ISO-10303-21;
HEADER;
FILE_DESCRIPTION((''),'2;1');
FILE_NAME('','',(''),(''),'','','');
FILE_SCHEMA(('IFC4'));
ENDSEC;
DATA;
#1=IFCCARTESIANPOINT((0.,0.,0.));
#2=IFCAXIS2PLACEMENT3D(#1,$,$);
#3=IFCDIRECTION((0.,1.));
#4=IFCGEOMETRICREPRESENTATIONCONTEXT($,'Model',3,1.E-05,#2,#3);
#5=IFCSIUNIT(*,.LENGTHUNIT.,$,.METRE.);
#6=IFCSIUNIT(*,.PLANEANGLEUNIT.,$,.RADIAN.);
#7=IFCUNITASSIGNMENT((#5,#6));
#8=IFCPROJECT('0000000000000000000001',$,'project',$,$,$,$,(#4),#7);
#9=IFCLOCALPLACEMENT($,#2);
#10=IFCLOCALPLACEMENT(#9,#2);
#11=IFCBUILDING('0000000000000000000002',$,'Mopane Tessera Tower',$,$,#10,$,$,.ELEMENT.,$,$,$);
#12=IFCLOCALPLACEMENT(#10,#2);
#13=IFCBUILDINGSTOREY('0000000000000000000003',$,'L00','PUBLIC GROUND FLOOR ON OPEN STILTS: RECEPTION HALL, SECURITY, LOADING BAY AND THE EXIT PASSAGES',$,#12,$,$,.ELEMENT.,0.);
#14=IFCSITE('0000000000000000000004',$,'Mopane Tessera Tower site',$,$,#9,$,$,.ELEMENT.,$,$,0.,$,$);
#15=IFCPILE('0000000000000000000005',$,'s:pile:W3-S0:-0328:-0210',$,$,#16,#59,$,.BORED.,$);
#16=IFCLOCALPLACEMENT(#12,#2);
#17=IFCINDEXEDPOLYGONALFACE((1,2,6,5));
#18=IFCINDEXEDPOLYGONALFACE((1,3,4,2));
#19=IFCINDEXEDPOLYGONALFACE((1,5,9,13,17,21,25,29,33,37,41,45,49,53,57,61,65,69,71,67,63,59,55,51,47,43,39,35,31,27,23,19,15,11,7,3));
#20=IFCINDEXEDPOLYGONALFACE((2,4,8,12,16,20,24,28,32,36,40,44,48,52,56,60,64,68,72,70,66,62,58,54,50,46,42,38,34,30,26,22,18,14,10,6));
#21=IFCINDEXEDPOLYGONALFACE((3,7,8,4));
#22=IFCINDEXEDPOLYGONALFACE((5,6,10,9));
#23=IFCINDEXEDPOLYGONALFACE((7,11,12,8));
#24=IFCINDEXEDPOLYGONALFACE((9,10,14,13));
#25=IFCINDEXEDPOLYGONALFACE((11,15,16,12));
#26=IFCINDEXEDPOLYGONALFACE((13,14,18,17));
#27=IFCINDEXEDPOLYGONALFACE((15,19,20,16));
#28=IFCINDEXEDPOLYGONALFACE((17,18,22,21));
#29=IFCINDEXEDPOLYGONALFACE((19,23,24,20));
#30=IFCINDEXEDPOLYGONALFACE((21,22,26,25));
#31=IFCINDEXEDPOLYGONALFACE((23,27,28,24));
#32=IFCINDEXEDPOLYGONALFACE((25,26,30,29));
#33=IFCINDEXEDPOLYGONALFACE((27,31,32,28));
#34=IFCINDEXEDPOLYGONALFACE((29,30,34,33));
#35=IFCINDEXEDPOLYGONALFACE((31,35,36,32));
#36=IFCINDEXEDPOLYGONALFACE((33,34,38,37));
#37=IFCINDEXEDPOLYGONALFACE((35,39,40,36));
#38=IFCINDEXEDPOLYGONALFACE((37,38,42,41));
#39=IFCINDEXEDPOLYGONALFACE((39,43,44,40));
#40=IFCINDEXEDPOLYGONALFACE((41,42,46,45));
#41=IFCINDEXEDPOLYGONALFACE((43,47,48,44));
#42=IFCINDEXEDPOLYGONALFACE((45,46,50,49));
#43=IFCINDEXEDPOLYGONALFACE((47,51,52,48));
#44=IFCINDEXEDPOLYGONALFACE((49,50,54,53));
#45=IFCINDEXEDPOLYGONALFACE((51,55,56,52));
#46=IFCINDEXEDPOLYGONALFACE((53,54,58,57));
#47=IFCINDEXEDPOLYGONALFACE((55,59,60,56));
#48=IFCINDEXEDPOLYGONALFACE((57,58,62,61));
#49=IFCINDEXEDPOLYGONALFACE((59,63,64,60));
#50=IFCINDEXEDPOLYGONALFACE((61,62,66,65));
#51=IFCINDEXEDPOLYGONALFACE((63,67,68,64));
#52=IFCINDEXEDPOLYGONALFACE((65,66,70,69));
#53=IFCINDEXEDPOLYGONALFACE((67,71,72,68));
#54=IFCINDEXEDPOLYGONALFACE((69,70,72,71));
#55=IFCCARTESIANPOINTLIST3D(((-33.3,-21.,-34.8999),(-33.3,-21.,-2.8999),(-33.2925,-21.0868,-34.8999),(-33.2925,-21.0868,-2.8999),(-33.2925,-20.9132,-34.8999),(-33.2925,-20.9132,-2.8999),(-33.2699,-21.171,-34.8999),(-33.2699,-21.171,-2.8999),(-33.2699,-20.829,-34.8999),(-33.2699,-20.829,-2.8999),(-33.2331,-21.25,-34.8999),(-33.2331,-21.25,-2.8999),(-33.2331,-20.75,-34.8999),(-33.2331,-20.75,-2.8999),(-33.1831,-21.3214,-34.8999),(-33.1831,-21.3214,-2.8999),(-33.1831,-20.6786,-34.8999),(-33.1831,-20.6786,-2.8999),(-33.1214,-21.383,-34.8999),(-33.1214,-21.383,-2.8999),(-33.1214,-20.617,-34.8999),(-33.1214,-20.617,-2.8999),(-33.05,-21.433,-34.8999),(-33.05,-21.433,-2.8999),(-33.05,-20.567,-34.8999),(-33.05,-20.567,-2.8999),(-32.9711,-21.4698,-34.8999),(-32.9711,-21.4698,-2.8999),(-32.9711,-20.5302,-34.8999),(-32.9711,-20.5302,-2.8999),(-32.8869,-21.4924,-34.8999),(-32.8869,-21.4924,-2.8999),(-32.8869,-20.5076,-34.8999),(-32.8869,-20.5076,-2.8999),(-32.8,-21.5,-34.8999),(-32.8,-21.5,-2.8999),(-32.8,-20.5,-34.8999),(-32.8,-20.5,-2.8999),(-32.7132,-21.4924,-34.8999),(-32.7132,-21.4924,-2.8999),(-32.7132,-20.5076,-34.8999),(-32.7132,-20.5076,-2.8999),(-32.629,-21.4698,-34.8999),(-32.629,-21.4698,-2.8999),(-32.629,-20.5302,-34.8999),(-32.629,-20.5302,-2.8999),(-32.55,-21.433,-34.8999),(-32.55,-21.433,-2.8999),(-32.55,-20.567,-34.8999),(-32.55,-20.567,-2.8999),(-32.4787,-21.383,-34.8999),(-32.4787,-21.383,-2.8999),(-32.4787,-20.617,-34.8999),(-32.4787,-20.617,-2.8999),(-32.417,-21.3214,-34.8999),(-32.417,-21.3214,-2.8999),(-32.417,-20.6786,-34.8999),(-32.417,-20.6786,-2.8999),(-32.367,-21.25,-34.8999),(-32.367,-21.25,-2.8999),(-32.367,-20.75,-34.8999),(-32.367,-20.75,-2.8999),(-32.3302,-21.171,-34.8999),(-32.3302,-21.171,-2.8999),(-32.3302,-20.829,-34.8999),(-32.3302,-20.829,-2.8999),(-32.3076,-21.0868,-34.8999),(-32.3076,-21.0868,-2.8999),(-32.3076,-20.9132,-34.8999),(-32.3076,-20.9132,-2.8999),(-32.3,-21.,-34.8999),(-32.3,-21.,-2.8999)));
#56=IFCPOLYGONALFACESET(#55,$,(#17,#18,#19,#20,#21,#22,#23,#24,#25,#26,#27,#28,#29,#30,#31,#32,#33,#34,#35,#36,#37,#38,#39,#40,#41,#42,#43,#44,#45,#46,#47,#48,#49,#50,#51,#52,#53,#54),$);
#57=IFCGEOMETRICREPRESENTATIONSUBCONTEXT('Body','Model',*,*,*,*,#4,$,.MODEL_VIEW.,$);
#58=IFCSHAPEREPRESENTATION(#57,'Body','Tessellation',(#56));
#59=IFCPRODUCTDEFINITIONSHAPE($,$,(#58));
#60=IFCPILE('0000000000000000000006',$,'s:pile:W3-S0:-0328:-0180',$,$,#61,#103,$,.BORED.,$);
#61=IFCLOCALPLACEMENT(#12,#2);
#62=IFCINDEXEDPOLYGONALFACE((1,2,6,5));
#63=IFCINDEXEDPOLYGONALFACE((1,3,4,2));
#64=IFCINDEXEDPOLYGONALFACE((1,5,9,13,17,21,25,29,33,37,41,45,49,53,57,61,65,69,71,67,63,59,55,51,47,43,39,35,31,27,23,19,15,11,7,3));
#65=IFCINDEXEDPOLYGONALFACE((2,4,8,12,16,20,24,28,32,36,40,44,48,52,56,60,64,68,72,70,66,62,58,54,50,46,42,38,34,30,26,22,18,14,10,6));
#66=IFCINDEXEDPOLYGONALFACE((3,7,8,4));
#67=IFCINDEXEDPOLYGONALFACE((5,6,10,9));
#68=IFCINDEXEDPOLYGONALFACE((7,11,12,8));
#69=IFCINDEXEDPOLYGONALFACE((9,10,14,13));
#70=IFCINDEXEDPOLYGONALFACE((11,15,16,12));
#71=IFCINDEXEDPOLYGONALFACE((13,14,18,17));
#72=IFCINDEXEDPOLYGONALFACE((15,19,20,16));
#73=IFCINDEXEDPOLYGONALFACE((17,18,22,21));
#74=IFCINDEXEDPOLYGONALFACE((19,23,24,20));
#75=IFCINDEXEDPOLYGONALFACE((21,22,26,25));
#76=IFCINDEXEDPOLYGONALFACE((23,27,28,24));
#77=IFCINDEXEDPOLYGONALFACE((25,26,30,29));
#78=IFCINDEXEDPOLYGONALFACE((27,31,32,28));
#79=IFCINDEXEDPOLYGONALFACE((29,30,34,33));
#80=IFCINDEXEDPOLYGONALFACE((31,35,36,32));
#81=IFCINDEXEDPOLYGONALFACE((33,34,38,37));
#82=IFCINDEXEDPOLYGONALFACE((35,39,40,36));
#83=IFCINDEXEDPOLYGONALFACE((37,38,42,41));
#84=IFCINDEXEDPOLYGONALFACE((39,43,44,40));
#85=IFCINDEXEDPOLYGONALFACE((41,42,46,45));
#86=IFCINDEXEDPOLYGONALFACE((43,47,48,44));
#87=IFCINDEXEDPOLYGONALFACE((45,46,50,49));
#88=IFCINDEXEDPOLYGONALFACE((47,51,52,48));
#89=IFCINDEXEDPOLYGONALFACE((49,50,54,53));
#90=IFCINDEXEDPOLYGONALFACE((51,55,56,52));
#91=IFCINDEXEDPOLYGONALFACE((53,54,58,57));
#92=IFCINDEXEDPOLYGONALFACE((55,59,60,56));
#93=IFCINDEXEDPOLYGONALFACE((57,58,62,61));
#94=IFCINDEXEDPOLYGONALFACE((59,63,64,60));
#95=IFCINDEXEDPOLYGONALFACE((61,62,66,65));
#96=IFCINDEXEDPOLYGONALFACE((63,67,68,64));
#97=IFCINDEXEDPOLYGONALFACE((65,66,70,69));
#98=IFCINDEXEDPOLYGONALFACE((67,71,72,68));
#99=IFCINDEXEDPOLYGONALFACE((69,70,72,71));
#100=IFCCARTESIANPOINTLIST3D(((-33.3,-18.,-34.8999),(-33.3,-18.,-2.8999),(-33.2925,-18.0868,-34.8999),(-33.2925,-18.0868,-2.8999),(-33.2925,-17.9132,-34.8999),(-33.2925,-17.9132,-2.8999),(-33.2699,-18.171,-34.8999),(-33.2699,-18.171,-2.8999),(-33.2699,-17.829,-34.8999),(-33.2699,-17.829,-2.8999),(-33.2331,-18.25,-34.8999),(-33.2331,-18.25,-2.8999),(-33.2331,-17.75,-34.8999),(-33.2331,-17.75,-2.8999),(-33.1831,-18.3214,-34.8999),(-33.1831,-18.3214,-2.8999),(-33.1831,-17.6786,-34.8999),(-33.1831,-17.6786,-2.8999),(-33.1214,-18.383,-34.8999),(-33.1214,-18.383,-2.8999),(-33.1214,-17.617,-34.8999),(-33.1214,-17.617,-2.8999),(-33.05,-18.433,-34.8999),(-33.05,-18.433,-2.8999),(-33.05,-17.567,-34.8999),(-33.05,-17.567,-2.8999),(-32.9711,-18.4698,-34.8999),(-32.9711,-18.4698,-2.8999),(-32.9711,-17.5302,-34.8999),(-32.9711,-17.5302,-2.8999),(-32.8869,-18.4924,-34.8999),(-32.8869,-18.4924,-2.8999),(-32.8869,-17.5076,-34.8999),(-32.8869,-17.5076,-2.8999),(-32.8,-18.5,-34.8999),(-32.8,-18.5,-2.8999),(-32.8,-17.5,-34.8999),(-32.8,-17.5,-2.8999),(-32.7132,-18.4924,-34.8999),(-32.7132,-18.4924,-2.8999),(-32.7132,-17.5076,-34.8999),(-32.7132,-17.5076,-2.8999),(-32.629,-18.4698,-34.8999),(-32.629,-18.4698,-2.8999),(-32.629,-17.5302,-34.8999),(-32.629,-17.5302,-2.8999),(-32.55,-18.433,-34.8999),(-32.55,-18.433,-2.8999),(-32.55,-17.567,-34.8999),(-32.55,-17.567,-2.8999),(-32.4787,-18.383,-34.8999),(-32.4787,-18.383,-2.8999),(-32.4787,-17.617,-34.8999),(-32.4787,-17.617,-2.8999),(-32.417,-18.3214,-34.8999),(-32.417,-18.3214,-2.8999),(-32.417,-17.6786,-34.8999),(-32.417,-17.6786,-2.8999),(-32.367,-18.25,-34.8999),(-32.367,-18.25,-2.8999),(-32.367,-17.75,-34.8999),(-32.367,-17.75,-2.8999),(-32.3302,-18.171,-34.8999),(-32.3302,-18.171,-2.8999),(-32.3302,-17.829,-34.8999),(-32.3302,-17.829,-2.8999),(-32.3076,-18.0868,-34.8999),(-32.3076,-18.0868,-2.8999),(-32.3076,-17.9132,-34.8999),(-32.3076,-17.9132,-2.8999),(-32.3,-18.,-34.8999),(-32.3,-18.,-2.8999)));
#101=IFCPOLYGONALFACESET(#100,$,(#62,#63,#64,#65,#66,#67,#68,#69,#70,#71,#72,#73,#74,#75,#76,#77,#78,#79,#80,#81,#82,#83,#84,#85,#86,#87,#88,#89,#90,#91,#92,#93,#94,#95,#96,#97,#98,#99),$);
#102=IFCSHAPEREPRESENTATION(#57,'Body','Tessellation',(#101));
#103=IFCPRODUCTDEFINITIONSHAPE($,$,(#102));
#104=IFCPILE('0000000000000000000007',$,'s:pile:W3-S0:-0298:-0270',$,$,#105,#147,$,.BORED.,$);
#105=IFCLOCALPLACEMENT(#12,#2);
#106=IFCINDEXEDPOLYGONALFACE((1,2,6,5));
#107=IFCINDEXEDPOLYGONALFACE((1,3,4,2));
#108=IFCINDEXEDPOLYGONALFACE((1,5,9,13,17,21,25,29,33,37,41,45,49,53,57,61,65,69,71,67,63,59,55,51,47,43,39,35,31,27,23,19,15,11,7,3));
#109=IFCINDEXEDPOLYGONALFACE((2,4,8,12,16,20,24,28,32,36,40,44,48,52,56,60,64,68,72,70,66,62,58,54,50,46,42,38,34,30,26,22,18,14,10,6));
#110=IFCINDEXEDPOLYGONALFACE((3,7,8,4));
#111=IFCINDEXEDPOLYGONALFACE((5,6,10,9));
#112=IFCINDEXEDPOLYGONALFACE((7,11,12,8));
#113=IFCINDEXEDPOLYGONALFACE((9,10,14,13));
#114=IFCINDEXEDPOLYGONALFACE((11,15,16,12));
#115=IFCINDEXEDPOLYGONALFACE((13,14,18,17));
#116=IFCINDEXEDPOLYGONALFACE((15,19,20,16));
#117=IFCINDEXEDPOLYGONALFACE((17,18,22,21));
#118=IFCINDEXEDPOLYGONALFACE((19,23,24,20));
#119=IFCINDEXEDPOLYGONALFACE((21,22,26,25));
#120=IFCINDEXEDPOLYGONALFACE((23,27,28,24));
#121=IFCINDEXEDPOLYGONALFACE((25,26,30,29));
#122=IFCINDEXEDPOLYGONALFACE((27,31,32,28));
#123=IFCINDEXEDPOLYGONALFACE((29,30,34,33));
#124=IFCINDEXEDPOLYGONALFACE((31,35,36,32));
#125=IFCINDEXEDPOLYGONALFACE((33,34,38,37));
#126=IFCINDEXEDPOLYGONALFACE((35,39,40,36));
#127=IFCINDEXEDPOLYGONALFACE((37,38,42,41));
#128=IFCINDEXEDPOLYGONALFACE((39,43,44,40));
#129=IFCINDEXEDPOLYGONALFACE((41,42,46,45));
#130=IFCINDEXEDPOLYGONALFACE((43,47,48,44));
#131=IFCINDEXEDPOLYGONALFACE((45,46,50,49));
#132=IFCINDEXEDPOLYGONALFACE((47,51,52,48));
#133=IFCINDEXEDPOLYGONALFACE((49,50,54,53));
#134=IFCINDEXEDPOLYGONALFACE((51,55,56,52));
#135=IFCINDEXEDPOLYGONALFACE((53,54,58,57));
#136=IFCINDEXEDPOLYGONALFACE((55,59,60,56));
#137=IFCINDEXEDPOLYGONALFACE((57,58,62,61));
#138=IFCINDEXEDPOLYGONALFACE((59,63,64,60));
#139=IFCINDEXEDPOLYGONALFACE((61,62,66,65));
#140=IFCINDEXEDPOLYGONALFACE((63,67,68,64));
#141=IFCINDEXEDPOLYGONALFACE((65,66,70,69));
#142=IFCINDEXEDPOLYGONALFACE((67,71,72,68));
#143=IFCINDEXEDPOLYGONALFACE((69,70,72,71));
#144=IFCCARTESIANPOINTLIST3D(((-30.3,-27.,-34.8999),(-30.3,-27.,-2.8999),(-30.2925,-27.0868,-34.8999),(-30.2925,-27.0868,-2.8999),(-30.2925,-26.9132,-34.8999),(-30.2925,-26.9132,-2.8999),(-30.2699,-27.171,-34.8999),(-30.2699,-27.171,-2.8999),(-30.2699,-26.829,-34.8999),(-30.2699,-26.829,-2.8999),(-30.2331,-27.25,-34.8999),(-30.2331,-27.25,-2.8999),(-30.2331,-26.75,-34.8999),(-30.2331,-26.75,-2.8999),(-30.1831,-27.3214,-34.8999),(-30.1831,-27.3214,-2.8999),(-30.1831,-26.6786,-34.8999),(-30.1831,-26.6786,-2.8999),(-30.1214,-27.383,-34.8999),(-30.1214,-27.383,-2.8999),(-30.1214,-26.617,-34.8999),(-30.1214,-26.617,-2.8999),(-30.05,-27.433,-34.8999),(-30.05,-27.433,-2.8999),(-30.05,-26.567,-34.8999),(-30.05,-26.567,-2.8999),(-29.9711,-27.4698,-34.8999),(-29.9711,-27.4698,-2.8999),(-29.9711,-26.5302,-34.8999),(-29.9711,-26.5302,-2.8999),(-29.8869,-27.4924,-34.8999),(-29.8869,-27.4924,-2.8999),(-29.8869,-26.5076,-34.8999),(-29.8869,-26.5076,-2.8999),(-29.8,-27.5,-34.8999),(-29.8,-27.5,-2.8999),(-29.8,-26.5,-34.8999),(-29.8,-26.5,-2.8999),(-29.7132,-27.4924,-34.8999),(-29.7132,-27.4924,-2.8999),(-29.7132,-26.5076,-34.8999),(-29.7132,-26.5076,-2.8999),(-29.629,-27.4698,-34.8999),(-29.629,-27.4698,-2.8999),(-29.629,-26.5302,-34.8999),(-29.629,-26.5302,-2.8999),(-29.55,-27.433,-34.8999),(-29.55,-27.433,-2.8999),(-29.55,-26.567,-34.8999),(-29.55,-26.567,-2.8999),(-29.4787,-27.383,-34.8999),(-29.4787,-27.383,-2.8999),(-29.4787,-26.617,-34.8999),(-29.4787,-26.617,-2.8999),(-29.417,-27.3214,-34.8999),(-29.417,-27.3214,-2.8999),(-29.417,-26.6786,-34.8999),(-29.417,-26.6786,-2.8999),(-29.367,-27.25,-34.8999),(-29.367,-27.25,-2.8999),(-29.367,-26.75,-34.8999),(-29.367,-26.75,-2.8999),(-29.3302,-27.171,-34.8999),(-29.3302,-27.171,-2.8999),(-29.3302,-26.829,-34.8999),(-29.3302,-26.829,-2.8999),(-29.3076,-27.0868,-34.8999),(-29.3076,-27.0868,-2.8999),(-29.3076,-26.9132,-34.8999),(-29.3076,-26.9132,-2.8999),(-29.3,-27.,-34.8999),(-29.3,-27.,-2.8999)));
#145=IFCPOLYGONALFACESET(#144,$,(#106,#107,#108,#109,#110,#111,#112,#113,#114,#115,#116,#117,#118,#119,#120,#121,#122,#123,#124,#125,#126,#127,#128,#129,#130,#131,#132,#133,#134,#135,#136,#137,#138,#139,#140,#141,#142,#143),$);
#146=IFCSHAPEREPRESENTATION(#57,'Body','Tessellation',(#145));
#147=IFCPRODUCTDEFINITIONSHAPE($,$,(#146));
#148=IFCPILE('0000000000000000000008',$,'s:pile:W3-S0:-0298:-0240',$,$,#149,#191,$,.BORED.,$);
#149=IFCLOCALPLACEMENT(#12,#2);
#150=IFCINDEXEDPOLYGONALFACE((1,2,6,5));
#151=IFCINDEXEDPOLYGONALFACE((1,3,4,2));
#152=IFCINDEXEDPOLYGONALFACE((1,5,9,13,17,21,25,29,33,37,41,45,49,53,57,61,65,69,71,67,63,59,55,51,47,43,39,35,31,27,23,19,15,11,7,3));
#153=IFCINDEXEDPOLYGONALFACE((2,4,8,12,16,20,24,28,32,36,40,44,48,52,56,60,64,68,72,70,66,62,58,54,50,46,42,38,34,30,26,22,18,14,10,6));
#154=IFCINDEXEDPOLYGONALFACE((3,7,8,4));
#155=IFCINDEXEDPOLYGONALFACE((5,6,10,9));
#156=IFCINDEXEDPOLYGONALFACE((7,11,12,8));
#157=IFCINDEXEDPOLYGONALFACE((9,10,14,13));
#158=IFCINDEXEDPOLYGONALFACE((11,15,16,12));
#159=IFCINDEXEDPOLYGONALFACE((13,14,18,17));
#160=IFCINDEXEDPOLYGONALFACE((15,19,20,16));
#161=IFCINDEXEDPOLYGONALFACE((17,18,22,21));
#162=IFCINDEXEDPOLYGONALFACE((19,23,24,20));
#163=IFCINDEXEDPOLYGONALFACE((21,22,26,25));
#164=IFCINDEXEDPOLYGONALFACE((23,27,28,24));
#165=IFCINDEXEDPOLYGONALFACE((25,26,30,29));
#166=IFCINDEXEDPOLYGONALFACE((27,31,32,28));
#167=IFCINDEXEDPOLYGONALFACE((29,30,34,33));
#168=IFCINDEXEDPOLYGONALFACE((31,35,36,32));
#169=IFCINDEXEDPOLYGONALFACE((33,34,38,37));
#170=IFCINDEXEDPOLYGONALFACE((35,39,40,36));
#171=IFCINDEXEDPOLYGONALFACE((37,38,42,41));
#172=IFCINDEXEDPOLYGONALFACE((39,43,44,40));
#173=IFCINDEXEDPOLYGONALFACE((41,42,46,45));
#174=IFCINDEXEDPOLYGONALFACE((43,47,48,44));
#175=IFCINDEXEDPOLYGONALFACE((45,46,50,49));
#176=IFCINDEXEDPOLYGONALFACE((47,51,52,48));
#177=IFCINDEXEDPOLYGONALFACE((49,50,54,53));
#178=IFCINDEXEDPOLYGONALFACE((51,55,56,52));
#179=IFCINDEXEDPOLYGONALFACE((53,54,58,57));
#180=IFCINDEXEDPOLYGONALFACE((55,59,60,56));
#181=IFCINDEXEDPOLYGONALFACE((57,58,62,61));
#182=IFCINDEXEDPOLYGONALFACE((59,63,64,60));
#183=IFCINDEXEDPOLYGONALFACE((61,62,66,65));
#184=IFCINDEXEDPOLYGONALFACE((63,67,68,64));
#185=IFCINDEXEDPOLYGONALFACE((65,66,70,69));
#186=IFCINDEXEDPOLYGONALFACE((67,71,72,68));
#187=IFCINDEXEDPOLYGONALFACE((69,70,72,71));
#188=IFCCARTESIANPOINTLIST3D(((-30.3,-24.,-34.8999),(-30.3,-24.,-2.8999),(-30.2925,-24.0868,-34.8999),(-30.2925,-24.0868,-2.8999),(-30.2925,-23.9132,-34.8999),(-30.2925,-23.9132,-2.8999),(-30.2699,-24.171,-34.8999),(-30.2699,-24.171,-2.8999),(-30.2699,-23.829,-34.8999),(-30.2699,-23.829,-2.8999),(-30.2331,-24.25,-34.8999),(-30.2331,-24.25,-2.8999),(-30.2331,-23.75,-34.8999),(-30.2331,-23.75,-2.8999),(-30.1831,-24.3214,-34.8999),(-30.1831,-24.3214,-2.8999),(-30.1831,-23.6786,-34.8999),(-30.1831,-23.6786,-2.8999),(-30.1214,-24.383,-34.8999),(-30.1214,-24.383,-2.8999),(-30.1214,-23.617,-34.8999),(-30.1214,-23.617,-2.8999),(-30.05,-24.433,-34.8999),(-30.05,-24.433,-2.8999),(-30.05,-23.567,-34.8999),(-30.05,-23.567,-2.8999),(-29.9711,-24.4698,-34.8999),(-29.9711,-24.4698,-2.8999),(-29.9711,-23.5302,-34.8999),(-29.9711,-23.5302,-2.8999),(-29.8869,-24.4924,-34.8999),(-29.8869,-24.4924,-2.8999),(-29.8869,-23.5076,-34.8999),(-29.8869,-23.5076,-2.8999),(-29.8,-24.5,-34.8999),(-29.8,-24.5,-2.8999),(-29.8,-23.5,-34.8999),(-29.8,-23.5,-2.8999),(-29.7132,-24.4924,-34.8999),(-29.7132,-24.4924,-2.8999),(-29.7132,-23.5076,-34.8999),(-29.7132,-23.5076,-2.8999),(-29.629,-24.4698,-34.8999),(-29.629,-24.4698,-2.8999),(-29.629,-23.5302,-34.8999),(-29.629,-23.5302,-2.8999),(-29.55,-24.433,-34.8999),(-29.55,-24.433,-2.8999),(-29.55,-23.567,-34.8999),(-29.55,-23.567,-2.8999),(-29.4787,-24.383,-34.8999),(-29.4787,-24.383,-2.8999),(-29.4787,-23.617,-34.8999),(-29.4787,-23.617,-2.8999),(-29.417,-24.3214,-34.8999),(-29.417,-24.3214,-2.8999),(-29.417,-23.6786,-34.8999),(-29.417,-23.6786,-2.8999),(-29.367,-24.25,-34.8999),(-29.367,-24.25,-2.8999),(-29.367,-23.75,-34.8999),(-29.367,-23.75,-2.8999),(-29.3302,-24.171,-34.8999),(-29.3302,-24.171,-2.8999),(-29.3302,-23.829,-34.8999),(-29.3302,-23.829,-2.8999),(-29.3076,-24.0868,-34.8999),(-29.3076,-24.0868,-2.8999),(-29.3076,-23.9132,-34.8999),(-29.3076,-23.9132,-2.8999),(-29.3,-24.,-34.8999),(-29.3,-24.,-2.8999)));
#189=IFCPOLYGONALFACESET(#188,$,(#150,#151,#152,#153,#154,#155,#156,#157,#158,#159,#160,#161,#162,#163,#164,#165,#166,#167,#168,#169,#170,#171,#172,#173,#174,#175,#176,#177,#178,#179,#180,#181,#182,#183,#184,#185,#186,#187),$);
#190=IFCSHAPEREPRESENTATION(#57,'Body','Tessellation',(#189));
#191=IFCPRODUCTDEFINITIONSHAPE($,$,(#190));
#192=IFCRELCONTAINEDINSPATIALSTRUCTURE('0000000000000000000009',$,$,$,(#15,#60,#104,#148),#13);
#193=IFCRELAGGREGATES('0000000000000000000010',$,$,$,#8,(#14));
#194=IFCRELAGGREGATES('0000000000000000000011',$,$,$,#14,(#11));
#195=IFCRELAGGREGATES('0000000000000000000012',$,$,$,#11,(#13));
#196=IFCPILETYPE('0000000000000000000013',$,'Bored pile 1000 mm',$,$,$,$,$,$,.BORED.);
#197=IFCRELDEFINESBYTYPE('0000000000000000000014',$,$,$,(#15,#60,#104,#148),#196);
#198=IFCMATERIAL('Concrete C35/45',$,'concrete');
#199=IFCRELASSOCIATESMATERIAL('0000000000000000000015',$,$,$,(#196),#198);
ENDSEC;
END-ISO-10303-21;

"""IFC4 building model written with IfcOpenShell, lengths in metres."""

from ifc_helpers import new_model, si_unit, direction, frame, origin, origin_2d, place, context, subcontext, project, spatial, circle, extrude, material, material_profile, profile_set, type_object, element, save


model = new_model("IFC4")

# Units and contexts
model_context = context("Model", 3, precision=1e-05, world=origin(), true_north=direction((0.0, 1.0)))
body_context = subcontext(model_context, "Body", "Model", "MODEL_VIEW")
ifc_project = project(units=[si_unit("LENGTHUNIT", "METRE"), si_unit("PLANEANGLEUNIT", "RADIAN")], contexts=[model_context])

# Site, building, storey
site_placement = place(None, origin())
site = spatial("IfcSite", under=ifc_project, at=site_placement, Name="Mopane Tessera Tower site", CompositionType="ELEMENT", RefElevation=0.0)
building_placement = place(site_placement, origin())
building = spatial("IfcBuilding", under=site, at=building_placement, Name="Mopane Tessera Tower", CompositionType="ELEMENT")
storey_placement = place(building_placement, origin())
storey = spatial("IfcBuildingStorey", under=building, at=storey_placement, Name="L00", Description="PUBLIC GROUND FLOOR ON OPEN STILTS: RECEPTION HALL, SECURITY, LOADING BAY AND THE EXIT PASSAGES", CompositionType="ELEMENT", Elevation=0.0)

# Piles
ifc_material_1 = material(Name="Concrete C35/45", Category="concrete")
ifc_material_profile_1 = material_profile(ifc_material_1, circle(Radius=0.5, at=origin_2d()))
ifc_profile_set_1 = profile_set([ifc_material_profile_1], Name="Concrete C35/45")
pile_type_1 = type_object("IfcPileType", Name="Bored pile 1000 mm", PredefinedType="BORED", material=ifc_profile_set_1)
for number, where, z_axis, x_axis, name in (
    (1, (-32.8, -21.0, -2.8999), (0.0, 0.0, -1.0), (1.0, 0.0, 0.0), "s:pile:W3-S0:-0328:-0210"),
    (2, (-32.8, -18.0, -2.8999), (0.0, 0.0, -1.0), (1.0, 0.0, 0.0), "s:pile:W3-S0:-0328:-0180"),
    (3, (-29.8, -27.0, -2.8999), (0.0, 0.0, -1.0), (1.0, 0.0, 0.0), "s:pile:W3-S0:-0298:-0270"),
    (4, (-29.8, -24.0, -2.8999), (0.0, 0.0, -1.0), (1.0, 0.0, 0.0), "s:pile:W3-S0:-0298:-0240"),
):
    element("IfcPile", number, at=place(storey_placement, frame(where, z_axis=z_axis, x_axis=x_axis)), inside=storey, type_object=pile_type_1, Name=name, PredefinedType="BORED", context=body_context, shape_type="SweptSolid", body=[
        extrude(circle(Radius=0.5, at=origin_2d()), origin(), (0.0, 0.0, 1.0), 32.0),
    ])

save(model, "model.ifc")
